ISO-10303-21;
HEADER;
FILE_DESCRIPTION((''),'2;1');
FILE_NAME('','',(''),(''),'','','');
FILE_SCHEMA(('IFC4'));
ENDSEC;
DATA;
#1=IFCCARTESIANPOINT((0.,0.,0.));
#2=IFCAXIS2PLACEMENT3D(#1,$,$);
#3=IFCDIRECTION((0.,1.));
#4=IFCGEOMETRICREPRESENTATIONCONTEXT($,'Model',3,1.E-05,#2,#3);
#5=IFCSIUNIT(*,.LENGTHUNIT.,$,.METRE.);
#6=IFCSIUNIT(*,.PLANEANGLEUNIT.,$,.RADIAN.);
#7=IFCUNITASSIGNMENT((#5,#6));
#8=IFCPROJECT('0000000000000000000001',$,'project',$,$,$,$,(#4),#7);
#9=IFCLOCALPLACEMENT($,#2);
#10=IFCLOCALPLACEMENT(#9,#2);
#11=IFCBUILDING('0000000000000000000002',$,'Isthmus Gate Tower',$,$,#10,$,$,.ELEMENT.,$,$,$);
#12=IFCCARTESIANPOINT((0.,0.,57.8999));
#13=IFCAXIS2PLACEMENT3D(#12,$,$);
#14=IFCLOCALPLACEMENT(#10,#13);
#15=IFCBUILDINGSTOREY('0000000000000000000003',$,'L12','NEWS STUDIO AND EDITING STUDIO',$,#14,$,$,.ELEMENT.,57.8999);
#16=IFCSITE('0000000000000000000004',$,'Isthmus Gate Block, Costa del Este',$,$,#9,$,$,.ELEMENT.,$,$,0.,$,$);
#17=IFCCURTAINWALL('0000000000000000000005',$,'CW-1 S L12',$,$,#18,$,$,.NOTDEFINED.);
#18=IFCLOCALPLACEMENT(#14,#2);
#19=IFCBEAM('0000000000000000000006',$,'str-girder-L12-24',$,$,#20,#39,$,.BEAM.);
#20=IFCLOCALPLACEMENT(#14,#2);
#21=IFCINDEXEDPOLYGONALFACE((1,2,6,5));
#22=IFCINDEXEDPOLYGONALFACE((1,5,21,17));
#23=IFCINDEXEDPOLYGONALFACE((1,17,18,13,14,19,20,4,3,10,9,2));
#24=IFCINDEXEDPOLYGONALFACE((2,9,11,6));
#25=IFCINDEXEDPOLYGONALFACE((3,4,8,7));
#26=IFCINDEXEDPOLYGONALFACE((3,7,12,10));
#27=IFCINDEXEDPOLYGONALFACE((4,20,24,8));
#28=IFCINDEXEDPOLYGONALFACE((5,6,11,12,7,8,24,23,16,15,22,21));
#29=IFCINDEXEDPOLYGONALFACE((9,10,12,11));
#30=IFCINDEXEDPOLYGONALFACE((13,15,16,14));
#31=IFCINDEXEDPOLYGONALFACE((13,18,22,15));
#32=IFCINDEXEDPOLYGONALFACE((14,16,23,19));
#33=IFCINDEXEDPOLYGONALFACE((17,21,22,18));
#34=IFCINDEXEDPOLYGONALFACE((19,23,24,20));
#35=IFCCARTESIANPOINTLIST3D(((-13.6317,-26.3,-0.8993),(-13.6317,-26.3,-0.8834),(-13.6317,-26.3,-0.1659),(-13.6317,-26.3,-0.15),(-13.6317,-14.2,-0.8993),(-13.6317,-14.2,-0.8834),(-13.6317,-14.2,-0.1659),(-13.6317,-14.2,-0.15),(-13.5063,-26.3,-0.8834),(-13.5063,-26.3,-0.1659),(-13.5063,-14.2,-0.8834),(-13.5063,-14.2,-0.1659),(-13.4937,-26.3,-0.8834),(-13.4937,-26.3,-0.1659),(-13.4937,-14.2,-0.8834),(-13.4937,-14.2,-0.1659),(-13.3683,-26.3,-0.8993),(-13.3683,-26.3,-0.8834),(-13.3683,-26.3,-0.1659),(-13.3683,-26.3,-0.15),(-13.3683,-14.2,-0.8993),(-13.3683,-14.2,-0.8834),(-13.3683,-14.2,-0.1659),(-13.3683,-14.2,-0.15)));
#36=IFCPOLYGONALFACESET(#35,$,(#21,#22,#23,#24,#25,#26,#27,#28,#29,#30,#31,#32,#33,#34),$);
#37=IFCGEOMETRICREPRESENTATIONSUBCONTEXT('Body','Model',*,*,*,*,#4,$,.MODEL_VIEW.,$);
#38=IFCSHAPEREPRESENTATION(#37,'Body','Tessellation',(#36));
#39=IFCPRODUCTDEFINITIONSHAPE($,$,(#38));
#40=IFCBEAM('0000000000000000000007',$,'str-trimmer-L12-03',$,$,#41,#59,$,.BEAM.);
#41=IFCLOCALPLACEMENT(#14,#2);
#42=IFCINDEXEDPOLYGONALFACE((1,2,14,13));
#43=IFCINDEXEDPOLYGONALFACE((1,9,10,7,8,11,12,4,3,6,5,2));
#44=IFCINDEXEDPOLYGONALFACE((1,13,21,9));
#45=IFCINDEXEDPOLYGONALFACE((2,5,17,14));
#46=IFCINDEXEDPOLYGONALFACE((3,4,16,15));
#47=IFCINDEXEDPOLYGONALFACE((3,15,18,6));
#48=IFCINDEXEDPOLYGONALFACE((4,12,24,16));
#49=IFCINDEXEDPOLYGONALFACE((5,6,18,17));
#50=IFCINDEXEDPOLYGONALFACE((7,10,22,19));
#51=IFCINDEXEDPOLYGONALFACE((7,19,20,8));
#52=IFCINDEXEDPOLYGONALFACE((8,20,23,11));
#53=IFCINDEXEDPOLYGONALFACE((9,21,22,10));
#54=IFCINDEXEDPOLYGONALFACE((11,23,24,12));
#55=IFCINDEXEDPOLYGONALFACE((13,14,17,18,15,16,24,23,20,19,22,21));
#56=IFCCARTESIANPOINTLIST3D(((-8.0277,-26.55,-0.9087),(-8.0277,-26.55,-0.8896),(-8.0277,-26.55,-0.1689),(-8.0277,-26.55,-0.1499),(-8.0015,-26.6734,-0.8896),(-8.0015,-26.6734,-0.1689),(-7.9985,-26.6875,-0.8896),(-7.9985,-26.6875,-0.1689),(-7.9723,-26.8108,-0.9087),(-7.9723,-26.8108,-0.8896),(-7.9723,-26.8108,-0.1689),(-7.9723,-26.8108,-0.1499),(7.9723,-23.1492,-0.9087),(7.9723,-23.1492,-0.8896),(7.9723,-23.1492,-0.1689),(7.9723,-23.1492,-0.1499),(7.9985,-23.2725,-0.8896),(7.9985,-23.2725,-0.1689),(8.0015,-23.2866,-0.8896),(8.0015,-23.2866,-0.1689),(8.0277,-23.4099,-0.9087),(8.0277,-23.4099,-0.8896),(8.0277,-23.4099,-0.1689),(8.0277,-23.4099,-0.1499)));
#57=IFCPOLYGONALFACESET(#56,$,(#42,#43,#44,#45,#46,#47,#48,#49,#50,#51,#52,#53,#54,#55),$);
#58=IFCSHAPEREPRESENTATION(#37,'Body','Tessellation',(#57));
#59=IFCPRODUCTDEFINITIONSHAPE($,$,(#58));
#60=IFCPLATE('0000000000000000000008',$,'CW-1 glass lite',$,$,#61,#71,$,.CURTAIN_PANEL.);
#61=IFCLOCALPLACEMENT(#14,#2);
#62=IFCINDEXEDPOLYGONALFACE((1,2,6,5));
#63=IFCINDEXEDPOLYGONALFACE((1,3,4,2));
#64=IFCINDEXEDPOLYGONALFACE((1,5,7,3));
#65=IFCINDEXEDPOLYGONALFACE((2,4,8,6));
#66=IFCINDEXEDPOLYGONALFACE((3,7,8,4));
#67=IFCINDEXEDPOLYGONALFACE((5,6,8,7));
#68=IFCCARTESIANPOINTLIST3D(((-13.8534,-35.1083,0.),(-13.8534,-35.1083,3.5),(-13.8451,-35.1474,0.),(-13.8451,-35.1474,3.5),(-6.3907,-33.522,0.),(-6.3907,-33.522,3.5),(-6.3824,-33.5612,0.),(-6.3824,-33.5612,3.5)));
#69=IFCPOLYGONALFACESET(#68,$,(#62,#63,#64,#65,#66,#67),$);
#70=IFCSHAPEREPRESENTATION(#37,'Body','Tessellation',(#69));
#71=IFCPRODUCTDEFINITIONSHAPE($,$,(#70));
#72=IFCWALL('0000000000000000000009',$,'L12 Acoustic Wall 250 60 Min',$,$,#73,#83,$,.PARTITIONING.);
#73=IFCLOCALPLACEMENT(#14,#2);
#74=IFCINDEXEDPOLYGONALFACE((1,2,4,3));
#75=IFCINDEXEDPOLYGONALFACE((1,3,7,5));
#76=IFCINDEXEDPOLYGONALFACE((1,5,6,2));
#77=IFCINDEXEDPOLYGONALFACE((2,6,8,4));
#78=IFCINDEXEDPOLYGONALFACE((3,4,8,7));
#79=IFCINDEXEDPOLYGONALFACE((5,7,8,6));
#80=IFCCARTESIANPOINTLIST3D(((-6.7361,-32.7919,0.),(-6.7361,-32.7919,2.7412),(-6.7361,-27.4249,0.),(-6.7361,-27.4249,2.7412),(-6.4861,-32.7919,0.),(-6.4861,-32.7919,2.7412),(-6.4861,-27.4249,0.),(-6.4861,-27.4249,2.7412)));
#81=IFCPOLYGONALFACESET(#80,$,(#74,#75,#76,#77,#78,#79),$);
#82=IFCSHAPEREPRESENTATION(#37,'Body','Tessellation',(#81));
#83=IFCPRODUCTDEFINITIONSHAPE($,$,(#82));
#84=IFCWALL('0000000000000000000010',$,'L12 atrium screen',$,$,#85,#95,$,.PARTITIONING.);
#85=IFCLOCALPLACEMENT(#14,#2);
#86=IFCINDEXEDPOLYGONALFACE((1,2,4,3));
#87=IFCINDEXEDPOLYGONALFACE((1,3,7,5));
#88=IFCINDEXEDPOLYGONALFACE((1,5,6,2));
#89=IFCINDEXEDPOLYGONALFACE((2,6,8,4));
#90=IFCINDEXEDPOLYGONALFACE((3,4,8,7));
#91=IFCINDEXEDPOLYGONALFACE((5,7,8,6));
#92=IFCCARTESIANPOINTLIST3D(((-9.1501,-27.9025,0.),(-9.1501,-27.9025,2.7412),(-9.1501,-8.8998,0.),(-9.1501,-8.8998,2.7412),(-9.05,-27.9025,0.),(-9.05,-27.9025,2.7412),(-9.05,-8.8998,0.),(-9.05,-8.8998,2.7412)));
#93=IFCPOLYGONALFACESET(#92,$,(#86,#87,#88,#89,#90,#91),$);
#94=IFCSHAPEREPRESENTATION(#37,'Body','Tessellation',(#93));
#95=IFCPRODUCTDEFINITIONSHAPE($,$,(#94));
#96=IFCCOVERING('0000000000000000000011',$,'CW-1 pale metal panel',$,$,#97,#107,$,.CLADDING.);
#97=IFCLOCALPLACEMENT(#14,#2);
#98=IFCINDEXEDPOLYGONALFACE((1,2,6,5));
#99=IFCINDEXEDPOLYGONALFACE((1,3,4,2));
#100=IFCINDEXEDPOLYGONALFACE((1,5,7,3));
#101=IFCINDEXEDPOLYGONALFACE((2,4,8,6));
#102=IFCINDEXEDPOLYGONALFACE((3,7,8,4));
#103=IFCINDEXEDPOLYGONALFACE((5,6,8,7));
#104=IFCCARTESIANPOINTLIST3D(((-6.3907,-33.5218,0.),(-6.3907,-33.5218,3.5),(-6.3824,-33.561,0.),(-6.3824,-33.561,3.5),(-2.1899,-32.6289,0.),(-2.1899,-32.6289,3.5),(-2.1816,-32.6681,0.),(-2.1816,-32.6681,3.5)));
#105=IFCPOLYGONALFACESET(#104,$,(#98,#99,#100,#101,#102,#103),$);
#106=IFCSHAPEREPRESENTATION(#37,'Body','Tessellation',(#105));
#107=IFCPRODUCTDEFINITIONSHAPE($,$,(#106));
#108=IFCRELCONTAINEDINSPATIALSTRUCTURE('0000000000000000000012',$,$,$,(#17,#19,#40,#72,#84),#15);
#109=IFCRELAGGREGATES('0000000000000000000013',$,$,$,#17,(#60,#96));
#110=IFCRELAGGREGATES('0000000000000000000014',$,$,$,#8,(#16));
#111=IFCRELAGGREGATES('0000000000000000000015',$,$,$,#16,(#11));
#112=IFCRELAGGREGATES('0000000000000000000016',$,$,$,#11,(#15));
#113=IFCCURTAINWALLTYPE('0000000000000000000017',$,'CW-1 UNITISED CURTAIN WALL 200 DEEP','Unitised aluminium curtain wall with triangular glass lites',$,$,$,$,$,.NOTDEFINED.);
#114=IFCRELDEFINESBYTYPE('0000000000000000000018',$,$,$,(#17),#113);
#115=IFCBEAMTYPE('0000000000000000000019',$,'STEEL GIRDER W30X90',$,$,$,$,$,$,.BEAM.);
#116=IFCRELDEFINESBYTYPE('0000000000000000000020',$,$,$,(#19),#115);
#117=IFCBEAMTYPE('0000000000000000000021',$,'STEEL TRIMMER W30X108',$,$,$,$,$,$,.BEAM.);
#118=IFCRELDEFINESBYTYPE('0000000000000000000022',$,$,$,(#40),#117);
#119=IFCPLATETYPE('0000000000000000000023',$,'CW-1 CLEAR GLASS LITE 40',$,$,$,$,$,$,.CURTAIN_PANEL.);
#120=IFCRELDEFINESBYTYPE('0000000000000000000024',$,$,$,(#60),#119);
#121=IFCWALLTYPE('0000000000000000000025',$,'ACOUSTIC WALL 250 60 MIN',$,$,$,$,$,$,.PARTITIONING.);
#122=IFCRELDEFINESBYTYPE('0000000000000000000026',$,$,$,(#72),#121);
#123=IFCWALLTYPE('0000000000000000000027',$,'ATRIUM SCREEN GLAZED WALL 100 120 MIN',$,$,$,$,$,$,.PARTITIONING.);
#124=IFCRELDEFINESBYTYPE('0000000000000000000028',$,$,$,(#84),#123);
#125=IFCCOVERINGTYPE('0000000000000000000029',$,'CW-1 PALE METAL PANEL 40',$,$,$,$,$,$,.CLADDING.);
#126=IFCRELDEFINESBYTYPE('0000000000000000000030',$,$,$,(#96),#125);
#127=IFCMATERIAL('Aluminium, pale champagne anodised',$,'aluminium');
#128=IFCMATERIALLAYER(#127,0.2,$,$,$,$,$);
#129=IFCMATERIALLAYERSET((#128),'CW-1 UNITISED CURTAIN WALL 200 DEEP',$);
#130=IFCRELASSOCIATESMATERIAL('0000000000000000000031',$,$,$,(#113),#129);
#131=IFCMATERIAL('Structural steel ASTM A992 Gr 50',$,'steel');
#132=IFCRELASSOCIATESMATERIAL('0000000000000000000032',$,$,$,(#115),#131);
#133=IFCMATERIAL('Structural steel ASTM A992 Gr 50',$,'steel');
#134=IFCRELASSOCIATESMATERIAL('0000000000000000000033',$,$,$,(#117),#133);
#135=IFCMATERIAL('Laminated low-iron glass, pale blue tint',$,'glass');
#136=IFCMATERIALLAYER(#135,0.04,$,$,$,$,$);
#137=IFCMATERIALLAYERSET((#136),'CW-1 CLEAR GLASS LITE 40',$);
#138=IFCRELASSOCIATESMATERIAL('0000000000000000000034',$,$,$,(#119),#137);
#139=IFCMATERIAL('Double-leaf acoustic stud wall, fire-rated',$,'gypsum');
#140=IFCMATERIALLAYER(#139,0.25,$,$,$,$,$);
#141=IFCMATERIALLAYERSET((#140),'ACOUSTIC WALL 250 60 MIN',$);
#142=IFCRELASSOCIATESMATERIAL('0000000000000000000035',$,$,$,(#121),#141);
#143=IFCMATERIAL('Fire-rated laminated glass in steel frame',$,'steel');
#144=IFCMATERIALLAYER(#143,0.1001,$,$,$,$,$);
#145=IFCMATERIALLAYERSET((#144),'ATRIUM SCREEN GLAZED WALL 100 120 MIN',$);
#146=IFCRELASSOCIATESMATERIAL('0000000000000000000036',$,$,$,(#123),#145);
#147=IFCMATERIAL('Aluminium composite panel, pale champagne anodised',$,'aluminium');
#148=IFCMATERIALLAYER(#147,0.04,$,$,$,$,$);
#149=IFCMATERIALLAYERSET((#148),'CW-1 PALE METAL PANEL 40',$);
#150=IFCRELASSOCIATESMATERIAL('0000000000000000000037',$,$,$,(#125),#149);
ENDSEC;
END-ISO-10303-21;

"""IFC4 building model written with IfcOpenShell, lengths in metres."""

from ifc_helpers import new_model, si_unit, direction, frame, frame_2d, origin, origin_2d, place, context, subcontext, project, spatial, rectangle, i_section, extrude, material, layer, layer_set, material_profile, profile_set, type_object, element, aggregate, save


model = new_model("IFC4")

# Units and contexts
model_context = context("Model", 3, precision=1e-05, world=origin(), true_north=direction((0.0, 1.0)))
body_context = subcontext(model_context, "Body", "Model", "MODEL_VIEW")
ifc_project = project(units=[si_unit("LENGTHUNIT", "METRE"), si_unit("PLANEANGLEUNIT", "RADIAN")], contexts=[model_context])

# Site, building, storey
site_placement = place(None, origin())
site = spatial("IfcSite", under=ifc_project, at=site_placement, Name="Isthmus Gate Block, Costa del Este", CompositionType="ELEMENT", RefElevation=0.0)
building_placement = place(site_placement, origin())
building = spatial("IfcBuilding", under=site, at=building_placement, Name="Isthmus Gate Tower", CompositionType="ELEMENT")
storey_placement = place(building_placement, frame((0.0, 0.0, 57.8999)))
storey = spatial("IfcBuildingStorey", under=building, at=storey_placement, Name="L12", Description="NEWS STUDIO AND EDITING STUDIO", CompositionType="ELEMENT", Elevation=57.8999)

# Curtain wall
ifc_material_1 = material(Name="Aluminium, pale champagne anodised", Category="aluminium")
ifc_layer_1 = layer(ifc_material_1, 0.2)
ifc_layer_set_1 = layer_set([ifc_layer_1], Name="CW-1 UNITISED CURTAIN WALL 200 DEEP")
curtain_wall_type = type_object("IfcCurtainWallType", Name="CW-1 UNITISED CURTAIN WALL 200 DEEP", Description="Unitised aluminium curtain wall with triangular glass lites", PredefinedType="NOTDEFINED", material=ifc_layer_set_1)
curtain_wall_placement = place(storey_placement, origin())
curtain_wall = element("IfcCurtainWall", 1, at=curtain_wall_placement, inside=storey, type_object=curtain_wall_type, Name="CW-1 S L12", PredefinedType="NOTDEFINED")

# Beams
ifc_material_2 = material(Name="Structural steel ASTM A992 Gr 50", Category="steel")
ifc_material_profile_1 = material_profile(ifc_material_2, i_section(OverallWidth=0.2634, OverallDepth=0.7493, WebThickness=0.0127, FlangeThickness=0.0159, at=origin_2d()), Name="W30X90")
ifc_profile_set_1 = profile_set([ifc_material_profile_1], Name="Structural steel ASTM A992 Gr 50")
beam_type_1 = type_object("IfcBeamType", Name="STEEL GIRDER W30X90", PredefinedType="BEAM", material=ifc_profile_set_1)
beam_1_placement = place(storey_placement, frame((-13.5, -26.3, -0.5247), z_axis=(0.0, 1.0, 0.0), x_axis=(-1.0, 0.0, 0.0)))
element("IfcBeam", 2, at=beam_1_placement, inside=storey, type_object=beam_type_1, Name="str-girder-L12-24", PredefinedType="BEAM", context=body_context, shape_type="SweptSolid", body=[
    extrude(i_section(OverallWidth=0.2634, OverallDepth=0.7493, WebThickness=0.0127, FlangeThickness=0.0159, at=origin_2d()), origin(), (0.0, 0.0, 1.0), 12.1001),
])
ifc_material_3 = material(Name="Structural steel ASTM A992 Gr 50", Category="steel")
ifc_material_profile_2 = material_profile(ifc_material_3, i_section(OverallWidth=0.2666, OverallDepth=0.7588, WebThickness=0.0144, FlangeThickness=0.019, at=origin_2d()), Name="W30X108")
ifc_profile_set_2 = profile_set([ifc_material_profile_2], Name="Structural steel ASTM A992 Gr 50")
beam_type_2 = type_object("IfcBeamType", Name="STEEL TRIMMER W30X108", PredefinedType="BEAM", material=ifc_profile_set_2)
beam_2_placement = place(storey_placement, frame((-8.0, -26.6804, -0.5293), z_axis=(0.978148, 0.20791, 0.0), x_axis=(-0.20791, 0.978148, 0.0)))
element("IfcBeam", 3, at=beam_2_placement, inside=storey, type_object=beam_type_2, Name="str-trimmer-L12-03", PredefinedType="BEAM", context=body_context, shape_type="SweptSolid", body=[
    extrude(i_section(OverallWidth=0.2666, OverallDepth=0.7588, WebThickness=0.0144, FlangeThickness=0.019, at=origin_2d()), origin(), (0.0, 0.0, 1.0), 16.3574),
])

# Plate
ifc_material_4 = material(Name="Laminated low-iron glass, pale blue tint", Category="glass")
ifc_layer_2 = layer(ifc_material_4, 0.04)
ifc_layer_set_2 = layer_set([ifc_layer_2], Name="CW-1 CLEAR GLASS LITE 40")
plate_type = type_object("IfcPlateType", Name="CW-1 CLEAR GLASS LITE 40", PredefinedType="CURTAIN_PANEL", material=ifc_layer_set_2)
plate_placement = place(storey_placement, frame((-10.1179, -34.3347, 0.0), z_axis=(0.0, 0.0, 1.0), x_axis=(0.978148, 0.207912, 0.0)))
plate = element("IfcPlate", 4, at=plate_placement, type_object=plate_type, Name="CW-1 glass lite", PredefinedType="CURTAIN_PANEL", context=body_context, shape_type="SweptSolid", body=[
    extrude(rectangle(XDim=7.6294, YDim=0.04, at=origin_2d()), origin(), (0.0, 0.0, 1.0), 3.5),
])

# Walls
ifc_material_5 = material(Name="Double-leaf acoustic stud wall, fire-rated", Category="gypsum")
ifc_layer_3 = layer(ifc_material_5, 0.25)
ifc_layer_set_3 = layer_set([ifc_layer_3], Name="ACOUSTIC WALL 250 60 MIN")
wall_type_1 = type_object("IfcWallType", Name="ACOUSTIC WALL 250 60 MIN", PredefinedType="PARTITIONING", material=ifc_layer_set_3)
wall_1_placement = place(storey_placement, frame((-6.6111, -32.792, 0.0), z_axis=(0.0, 0.0, 1.0), x_axis=(0.0, 1.0, 0.0)))
element("IfcWall", 5, at=wall_1_placement, inside=storey, type_object=wall_type_1, Name="L12 Acoustic Wall 250 60 Min", PredefinedType="PARTITIONING", context=body_context, shape_type="SweptSolid", body=[
    extrude(rectangle(XDim=5.3669, YDim=0.25, at=frame_2d((2.6836, 0.0))), origin(), (0.0, 0.0, 1.0), 2.7412),
])
ifc_material_6 = material(Name="Fire-rated laminated glass in steel frame", Category="steel")
ifc_layer_4 = layer(ifc_material_6, 0.1001)
ifc_layer_set_4 = layer_set([ifc_layer_4], Name="ATRIUM SCREEN GLAZED WALL 100 120 MIN")
wall_type_2 = type_object("IfcWallType", Name="ATRIUM SCREEN GLAZED WALL 100 120 MIN", PredefinedType="PARTITIONING", material=ifc_layer_set_4)
wall_2_placement = place(storey_placement, frame((-9.1001, -27.9026, 0.0), z_axis=(0.0, 0.0, 1.0), x_axis=(0.0, 1.0, 0.0)))
element("IfcWall", 6, at=wall_2_placement, inside=storey, type_object=wall_type_2, Name="L12 atrium screen", PredefinedType="PARTITIONING", context=body_context, shape_type="SweptSolid", body=[
    extrude(rectangle(XDim=19.0027, YDim=0.1001, at=frame_2d((9.5015, 0.0))), origin(), (0.0, 0.0, 1.0), 2.7412),
])

# Covering
ifc_material_7 = material(Name="Aluminium composite panel, pale champagne anodised", Category="aluminium")
ifc_layer_5 = layer(ifc_material_7, 0.04)
ifc_layer_set_5 = layer_set([ifc_layer_5], Name="CW-1 PALE METAL PANEL 40")
covering_type = type_object("IfcCoveringType", Name="CW-1 PALE METAL PANEL 40", PredefinedType="CLADDING", material=ifc_layer_set_5)
covering_placement = place(storey_placement, frame((-4.2861, -33.095, 0.0), z_axis=(0.0, 0.0, 1.0), x_axis=(0.978148, 0.207912, 0.0)))
covering = element("IfcCovering", 7, at=covering_placement, type_object=covering_type, Name="CW-1 pale metal panel", PredefinedType="CLADDING", context=body_context, shape_type="SweptSolid", body=[
    extrude(rectangle(XDim=4.2947, YDim=0.04, at=origin_2d()), origin(), (0.0, 0.0, 1.0), 3.5),
])
aggregate(curtain_wall, [plate, covering])

save(model, "model.ifc")
